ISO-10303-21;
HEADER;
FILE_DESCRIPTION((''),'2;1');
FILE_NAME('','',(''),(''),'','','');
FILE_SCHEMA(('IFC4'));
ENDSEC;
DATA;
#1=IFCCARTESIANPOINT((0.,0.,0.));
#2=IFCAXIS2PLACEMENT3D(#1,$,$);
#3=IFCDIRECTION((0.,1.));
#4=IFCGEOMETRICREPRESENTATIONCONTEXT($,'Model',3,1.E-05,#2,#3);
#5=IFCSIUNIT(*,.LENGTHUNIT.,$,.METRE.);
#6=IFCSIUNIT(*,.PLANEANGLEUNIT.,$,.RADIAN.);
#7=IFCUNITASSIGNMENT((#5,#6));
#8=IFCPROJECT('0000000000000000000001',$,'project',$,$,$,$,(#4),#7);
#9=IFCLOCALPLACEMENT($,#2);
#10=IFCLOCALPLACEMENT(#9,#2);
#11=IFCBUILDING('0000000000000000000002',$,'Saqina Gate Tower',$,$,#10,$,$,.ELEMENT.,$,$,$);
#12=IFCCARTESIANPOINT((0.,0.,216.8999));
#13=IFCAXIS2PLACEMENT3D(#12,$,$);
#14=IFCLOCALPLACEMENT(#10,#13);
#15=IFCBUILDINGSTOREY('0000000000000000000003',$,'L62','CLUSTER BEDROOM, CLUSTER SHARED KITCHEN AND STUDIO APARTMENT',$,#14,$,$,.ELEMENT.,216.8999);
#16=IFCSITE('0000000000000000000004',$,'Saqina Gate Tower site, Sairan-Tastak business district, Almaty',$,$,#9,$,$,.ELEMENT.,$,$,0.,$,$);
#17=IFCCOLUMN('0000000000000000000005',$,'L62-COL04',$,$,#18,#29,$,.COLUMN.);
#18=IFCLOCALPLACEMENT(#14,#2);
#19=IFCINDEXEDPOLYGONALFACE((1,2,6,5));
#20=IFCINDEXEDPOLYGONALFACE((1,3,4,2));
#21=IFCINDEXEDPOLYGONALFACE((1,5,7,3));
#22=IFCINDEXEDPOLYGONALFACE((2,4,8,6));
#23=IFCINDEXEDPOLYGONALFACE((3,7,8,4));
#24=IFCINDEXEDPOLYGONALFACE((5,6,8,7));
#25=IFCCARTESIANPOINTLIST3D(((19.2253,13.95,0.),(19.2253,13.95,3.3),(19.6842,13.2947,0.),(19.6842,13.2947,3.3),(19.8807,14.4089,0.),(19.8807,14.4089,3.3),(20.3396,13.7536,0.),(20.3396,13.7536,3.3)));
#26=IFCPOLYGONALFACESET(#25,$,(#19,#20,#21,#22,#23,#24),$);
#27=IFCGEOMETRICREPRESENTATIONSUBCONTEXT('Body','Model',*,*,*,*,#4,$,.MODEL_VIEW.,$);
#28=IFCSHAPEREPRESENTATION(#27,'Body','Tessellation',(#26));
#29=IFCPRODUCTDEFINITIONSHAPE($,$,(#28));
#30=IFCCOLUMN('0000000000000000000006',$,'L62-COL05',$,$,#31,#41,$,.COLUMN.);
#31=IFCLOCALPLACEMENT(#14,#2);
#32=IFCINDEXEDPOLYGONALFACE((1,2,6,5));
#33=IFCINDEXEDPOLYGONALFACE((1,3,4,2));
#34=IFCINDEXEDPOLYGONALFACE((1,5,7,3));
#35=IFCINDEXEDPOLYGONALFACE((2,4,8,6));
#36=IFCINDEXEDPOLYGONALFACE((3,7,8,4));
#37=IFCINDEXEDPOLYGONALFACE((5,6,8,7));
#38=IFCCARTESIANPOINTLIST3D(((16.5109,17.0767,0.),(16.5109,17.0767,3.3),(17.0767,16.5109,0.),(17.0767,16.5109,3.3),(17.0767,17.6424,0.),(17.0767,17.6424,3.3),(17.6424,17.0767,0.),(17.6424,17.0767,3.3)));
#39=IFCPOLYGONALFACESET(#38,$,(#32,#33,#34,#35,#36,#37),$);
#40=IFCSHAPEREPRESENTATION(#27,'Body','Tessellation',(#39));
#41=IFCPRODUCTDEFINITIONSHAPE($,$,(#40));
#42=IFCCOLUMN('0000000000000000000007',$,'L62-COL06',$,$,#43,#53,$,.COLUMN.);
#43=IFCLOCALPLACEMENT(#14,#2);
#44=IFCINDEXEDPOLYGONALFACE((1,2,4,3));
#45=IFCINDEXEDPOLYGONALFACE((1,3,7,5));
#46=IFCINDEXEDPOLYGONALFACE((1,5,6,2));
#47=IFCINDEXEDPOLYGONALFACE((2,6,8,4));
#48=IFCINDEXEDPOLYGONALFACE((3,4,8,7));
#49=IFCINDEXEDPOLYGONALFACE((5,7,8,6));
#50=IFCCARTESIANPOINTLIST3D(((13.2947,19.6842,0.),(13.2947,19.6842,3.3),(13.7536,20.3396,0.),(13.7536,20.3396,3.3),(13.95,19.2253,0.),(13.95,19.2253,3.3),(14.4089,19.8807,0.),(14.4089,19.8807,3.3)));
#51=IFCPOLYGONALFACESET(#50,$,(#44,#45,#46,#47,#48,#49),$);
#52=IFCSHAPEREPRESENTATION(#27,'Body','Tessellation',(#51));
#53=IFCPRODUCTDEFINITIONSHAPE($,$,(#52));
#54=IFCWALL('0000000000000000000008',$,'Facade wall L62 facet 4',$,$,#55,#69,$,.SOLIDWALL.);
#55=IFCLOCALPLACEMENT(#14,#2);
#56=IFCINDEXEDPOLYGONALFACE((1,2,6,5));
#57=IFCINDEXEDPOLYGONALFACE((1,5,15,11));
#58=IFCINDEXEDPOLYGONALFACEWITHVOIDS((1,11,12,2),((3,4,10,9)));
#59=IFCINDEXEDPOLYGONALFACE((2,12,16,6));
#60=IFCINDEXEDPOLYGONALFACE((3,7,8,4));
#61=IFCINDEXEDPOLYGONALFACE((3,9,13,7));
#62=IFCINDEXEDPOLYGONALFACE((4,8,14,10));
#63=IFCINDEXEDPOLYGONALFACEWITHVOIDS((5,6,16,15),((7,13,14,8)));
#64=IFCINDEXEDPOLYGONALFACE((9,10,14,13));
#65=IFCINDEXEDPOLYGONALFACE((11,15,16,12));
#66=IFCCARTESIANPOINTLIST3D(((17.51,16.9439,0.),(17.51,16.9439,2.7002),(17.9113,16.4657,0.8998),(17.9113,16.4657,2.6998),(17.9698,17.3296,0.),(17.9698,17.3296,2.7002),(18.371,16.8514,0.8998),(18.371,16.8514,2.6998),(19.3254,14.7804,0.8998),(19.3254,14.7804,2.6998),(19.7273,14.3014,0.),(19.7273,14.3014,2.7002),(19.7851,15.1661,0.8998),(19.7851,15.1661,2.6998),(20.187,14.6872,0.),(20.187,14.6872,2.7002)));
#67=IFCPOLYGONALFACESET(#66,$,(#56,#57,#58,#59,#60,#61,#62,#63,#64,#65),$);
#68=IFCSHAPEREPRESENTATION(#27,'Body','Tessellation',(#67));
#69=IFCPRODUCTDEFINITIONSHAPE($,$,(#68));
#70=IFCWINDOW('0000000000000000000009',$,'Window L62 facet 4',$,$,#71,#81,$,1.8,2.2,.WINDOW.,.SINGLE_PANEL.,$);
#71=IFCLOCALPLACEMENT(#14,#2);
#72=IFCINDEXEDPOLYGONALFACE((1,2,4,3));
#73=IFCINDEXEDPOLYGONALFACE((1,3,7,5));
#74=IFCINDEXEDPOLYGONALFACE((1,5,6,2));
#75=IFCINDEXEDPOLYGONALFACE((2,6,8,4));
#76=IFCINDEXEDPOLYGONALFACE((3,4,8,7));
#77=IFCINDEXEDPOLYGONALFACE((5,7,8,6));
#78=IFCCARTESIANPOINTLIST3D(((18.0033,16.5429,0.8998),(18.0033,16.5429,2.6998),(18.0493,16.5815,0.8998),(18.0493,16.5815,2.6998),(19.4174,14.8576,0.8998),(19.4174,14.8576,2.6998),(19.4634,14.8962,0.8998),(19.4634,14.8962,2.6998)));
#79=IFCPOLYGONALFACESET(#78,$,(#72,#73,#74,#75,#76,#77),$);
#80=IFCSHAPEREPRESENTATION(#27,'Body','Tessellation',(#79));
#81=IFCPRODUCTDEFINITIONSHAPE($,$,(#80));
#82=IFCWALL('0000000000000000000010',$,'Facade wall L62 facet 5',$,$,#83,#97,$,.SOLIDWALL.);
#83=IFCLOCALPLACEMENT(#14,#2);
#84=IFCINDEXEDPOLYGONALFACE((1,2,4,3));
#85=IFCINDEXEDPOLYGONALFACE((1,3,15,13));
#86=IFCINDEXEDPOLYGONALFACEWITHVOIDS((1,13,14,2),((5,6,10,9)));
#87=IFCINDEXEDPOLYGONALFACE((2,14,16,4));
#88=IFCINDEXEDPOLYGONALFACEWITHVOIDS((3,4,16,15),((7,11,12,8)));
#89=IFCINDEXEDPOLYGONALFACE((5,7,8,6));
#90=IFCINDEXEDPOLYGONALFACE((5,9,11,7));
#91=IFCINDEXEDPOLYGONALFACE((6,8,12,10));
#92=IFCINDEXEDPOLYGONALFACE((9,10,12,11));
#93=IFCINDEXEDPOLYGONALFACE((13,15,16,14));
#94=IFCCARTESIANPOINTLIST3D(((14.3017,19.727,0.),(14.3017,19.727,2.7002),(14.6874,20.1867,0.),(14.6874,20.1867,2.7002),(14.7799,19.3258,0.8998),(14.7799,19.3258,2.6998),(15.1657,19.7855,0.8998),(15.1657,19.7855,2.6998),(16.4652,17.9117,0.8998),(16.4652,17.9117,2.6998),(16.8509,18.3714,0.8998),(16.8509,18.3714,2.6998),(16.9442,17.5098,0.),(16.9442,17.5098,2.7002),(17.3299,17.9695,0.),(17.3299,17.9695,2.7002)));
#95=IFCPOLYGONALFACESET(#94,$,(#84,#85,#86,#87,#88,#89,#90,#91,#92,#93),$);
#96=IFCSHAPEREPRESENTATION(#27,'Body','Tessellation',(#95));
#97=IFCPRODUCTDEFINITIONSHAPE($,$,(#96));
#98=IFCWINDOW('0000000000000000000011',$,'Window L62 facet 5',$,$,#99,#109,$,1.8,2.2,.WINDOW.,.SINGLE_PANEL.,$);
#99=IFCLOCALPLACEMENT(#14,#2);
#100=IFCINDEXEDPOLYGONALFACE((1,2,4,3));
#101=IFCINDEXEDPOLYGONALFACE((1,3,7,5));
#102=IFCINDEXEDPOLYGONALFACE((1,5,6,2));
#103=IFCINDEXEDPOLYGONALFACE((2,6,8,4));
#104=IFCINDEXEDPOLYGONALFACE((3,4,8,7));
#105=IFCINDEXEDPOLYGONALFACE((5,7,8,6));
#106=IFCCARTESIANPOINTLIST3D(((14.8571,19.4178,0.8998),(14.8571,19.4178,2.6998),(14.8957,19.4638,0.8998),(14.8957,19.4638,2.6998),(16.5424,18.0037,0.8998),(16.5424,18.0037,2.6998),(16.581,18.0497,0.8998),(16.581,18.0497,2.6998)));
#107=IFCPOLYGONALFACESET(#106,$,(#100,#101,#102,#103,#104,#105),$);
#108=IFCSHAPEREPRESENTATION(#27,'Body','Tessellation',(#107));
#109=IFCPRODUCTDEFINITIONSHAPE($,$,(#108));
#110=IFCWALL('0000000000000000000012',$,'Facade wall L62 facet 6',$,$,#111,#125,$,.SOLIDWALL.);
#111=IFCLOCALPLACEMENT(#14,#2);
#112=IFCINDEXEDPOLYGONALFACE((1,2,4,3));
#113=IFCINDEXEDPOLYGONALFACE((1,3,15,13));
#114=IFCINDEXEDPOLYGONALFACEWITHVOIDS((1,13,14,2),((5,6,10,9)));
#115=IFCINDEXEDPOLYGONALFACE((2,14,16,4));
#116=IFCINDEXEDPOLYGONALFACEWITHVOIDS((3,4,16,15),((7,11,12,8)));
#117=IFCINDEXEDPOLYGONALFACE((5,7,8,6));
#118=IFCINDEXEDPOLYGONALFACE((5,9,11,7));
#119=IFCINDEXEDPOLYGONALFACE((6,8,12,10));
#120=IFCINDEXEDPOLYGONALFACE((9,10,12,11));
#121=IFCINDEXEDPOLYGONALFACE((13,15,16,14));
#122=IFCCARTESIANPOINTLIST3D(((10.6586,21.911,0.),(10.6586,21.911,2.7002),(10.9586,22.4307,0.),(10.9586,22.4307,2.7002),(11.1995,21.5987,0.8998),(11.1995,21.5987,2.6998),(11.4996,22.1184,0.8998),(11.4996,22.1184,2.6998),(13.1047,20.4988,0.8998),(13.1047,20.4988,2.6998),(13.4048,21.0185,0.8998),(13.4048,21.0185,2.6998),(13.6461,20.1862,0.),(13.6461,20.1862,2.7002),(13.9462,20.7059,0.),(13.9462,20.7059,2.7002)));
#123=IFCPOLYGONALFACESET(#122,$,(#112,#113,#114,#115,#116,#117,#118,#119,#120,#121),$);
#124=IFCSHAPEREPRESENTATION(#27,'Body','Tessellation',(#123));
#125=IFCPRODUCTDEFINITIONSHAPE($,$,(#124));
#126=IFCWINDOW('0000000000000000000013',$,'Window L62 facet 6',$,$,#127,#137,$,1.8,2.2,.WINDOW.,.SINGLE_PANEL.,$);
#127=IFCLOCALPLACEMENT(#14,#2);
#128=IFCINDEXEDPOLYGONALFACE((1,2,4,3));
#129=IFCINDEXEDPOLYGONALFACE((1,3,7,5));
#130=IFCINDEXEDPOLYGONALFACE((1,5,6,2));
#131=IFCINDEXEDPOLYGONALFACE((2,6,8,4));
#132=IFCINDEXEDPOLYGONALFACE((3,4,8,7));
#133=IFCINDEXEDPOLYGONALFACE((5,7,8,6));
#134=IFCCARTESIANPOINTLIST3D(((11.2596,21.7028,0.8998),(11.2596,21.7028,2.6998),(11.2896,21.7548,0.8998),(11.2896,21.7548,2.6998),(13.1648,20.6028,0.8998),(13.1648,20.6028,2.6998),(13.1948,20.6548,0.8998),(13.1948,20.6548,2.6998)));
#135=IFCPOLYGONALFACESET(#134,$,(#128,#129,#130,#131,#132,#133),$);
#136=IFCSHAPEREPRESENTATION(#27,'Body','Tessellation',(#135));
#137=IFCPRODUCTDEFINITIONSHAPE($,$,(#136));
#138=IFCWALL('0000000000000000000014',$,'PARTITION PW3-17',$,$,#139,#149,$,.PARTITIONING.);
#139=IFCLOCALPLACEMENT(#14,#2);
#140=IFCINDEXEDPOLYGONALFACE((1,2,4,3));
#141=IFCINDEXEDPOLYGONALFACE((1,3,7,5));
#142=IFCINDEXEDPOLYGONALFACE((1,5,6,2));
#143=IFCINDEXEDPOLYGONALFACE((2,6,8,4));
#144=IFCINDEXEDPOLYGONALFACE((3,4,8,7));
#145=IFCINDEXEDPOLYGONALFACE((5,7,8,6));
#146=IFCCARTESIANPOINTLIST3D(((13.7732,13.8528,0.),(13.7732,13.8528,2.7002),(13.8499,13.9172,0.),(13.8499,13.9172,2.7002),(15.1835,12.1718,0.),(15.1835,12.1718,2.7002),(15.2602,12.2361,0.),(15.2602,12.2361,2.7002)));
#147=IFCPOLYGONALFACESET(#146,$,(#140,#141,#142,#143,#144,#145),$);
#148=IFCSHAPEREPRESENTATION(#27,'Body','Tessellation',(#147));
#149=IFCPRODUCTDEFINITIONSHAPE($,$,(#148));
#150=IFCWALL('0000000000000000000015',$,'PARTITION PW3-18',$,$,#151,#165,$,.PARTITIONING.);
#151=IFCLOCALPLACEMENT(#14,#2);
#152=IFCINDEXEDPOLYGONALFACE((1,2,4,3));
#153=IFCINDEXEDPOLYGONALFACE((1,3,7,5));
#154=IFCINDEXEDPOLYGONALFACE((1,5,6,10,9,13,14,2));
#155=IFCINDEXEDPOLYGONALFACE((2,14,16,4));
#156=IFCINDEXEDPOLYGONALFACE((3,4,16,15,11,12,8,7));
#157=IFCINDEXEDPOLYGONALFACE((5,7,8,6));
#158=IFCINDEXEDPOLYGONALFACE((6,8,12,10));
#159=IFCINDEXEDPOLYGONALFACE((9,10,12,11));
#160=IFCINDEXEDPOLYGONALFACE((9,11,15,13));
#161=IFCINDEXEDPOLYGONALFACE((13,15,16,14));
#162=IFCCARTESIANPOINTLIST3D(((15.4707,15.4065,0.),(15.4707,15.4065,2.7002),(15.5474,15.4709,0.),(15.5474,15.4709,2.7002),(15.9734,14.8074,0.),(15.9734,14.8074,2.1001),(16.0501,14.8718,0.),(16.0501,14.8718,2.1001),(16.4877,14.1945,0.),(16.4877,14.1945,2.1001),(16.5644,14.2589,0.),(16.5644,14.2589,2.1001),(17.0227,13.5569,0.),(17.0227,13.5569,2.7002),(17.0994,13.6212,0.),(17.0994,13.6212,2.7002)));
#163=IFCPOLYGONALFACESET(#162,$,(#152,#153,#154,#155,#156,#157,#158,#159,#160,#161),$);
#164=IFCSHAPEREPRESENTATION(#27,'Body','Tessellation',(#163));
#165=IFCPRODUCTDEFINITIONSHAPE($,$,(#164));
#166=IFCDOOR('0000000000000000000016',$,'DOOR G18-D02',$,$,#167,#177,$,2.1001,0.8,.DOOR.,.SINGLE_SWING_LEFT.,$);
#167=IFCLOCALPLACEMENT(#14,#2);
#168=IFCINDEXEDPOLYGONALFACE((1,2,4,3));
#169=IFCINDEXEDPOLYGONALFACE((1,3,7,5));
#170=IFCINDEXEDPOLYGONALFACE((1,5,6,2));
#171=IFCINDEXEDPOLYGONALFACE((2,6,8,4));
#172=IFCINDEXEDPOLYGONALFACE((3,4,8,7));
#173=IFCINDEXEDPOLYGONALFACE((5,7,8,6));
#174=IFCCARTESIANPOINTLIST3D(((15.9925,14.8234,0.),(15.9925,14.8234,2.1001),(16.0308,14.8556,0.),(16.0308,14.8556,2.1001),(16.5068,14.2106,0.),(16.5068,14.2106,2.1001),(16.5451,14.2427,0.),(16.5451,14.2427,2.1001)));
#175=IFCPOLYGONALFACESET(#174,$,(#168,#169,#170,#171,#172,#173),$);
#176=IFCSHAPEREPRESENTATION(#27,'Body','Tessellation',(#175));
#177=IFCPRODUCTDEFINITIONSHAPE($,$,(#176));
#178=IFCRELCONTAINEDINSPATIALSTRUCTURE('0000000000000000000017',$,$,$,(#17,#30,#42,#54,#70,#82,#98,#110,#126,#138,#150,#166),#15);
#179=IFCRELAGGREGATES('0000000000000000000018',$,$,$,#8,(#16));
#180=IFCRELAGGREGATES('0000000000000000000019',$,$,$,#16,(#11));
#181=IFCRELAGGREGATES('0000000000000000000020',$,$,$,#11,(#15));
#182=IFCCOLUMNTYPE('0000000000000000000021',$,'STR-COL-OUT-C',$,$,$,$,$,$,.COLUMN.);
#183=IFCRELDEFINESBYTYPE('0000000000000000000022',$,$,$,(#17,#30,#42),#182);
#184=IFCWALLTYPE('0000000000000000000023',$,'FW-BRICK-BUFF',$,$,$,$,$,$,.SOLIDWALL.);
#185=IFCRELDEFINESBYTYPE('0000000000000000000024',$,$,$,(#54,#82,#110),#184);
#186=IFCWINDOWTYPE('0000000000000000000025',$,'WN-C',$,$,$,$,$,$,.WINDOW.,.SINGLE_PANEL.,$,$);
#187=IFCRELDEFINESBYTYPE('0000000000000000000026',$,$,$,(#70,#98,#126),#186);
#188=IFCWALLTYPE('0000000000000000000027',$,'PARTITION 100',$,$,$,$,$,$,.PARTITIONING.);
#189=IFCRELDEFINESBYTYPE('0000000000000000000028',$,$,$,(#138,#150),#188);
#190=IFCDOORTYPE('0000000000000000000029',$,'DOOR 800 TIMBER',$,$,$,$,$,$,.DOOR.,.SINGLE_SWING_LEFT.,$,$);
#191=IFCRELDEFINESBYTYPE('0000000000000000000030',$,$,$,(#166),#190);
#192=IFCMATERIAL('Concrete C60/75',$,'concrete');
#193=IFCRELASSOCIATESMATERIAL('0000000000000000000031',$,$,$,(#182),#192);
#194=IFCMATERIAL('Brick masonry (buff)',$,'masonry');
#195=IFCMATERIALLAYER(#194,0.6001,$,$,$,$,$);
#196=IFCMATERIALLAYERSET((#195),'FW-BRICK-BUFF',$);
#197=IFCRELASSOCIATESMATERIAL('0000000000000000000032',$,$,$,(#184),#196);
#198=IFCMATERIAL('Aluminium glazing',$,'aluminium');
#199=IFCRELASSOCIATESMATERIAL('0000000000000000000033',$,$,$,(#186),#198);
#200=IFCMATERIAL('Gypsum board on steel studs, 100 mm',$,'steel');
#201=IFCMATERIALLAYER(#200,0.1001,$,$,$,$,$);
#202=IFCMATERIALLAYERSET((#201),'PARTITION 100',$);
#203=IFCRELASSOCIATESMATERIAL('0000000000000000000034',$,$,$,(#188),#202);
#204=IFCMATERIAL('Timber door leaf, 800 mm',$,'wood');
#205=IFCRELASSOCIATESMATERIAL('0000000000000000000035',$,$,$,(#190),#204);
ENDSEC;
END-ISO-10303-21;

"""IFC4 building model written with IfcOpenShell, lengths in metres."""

from ifc_helpers import new_model, si_unit, direction, frame, frame_2d, origin, origin_2d, place, context, subcontext, project, spatial, rectangle, extrude, material, layer, layer_set, material_profile, profile_set, type_object, element, fill, save


model = new_model("IFC4")

# Units and contexts
model_context = context("Model", 3, precision=1e-05, world=origin(), true_north=direction((0.0, 1.0)))
body_context = subcontext(model_context, "Body", "Model", "MODEL_VIEW")
ifc_project = project(units=[si_unit("LENGTHUNIT", "METRE"), si_unit("PLANEANGLEUNIT", "RADIAN")], contexts=[model_context])

# Site, building, storey
site_placement = place(None, origin())
site = spatial("IfcSite", under=ifc_project, at=site_placement, Name="Saqina Gate Tower site, Sairan-Tastak business district, Almaty", CompositionType="ELEMENT", RefElevation=0.0)
building_placement = place(site_placement, origin())
building = spatial("IfcBuilding", under=site, at=building_placement, Name="Saqina Gate Tower", CompositionType="ELEMENT")
storey_placement = place(building_placement, frame((0.0, 0.0, 216.8999)))
storey = spatial("IfcBuildingStorey", under=building, at=storey_placement, Name="L62", Description="CLUSTER BEDROOM, CLUSTER SHARED KITCHEN AND STUDIO APARTMENT", CompositionType="ELEMENT", Elevation=216.8999)

# Columns
ifc_material_1 = material(Name="Concrete C60/75", Category="concrete")
ifc_material_profile = material_profile(ifc_material_1, rectangle(XDim=0.8, YDim=0.8, at=origin_2d()), Name="RC 800x800")
ifc_profile_set = profile_set([ifc_material_profile], Name="Concrete C60/75")
column_type = type_object("IfcColumnType", Name="STR-COL-OUT-C", PredefinedType="COLUMN", material=ifc_profile_set)
for number, where, z_axis, x_axis, name in (
    (1, (19.7825, 13.8518, 0.0), (0.0, 0.0, 1.0), (0.819152, 0.573576, 0.0), "L62-COL04"),
    (2, (17.0767, 17.0767, 0.0), (0.0, 0.0, 1.0), (0.707107, 0.707107, 0.0), "L62-COL05"),
    (3, (13.8518, 19.7825, 0.0), (0.0, 0.0, 1.0), (0.573576, 0.819152, 0.0), "L62-COL06"),
):
    element("IfcColumn", number, at=place(storey_placement, frame(where, z_axis=z_axis, x_axis=x_axis)), inside=storey, type_object=column_type, Name=name, PredefinedType="COLUMN", context=body_context, shape_type="SweptSolid", body=[
        extrude(rectangle(XDim=0.8, YDim=0.8, at=origin_2d()), origin(), (0.0, 0.0, 1.0), 3.3),
    ])

# Walls, openings, windows
ifc_material_2 = material(Name="Brick masonry (buff)", Category="masonry")
ifc_layer_1 = layer(ifc_material_2, 0.6001)
ifc_layer_set_1 = layer_set([ifc_layer_1], Name="FW-BRICK-BUFF")
wall_type_1 = type_object("IfcWallType", Name="FW-BRICK-BUFF", PredefinedType="SOLIDWALL", material=ifc_layer_set_1)
wall_1_placement = place(storey_placement, frame((19.957, 14.4944, 0.0), z_axis=(0.0, 0.0, 1.0), x_axis=(-0.64277, 0.766059, 0.0)))
wall_1 = element("IfcWall", 4, at=wall_1_placement, inside=storey, type_object=wall_type_1, Name="Facade wall L62 facet 4", PredefinedType="SOLIDWALL", context=body_context, shape_type="SweptSolid", body=[
    extrude(rectangle(XDim=3.4495, YDim=0.6001, at=frame_2d((1.7246, 0.0))), origin(), (0.0, 0.0, 1.0), 2.7002),
])
opening_1_placement = place(wall_1_placement, frame((0.625, 0.0, 0.8999)))
opening_1 = element("IfcOpeningElement", 5, at=opening_1_placement, cuts=wall_1, PredefinedType="OPENING", context=body_context, shape_type="SweptSolid", body=[
    extrude(rectangle(XDim=2.2, YDim=1.8, at=frame_2d((1.1001, 0.8999))), frame((0.0, 0.312, 0.0), z_axis=(0.0, -1.0, 0.0), x_axis=(1.0, 0.0, 0.0)), (0.0, 0.0, 1.0), 0.624),
])
ifc_material_3 = material(Name="Aluminium glazing", Category="aluminium")
window_type = type_object("IfcWindowType", Name="WN-C", PartitioningType="SINGLE_PANEL", PredefinedType="WINDOW", material=ifc_material_3)
window_1_placement = place(opening_1_placement, origin())
window_1 = element("IfcWindow", 6, at=window_1_placement, inside=storey, type_object=window_type, Name="Window L62 facet 4", OverallHeight=1.8, OverallWidth=2.2, PartitioningType="SINGLE_PANEL", PredefinedType="WINDOW", context=body_context, shape_type="SweptSolid", body=[
    extrude(rectangle(XDim=2.2, YDim=1.8, at=frame_2d((1.1001, 0.8999))), frame((0.0, 0.1799, 0.0), z_axis=(0.0, -1.0, 0.0), x_axis=(1.0, 0.0, 0.0)), (0.0, 0.0, 1.0), 0.0601),
])
fill(opening_1, window_1)
wall_2_placement = place(storey_placement, frame((17.137, 17.7397, 0.0), z_axis=(0.0, 0.0, 1.0), x_axis=(-0.766059, 0.64277, 0.0)))
wall_2 = element("IfcWall", 7, at=wall_2_placement, inside=storey, type_object=wall_type_1, Name="Facade wall L62 facet 5", PredefinedType="SOLIDWALL", context=body_context, shape_type="SweptSolid", body=[
    extrude(rectangle(XDim=3.4495, YDim=0.6001, at=frame_2d((1.7246, 0.0))), origin(), (0.0, 0.0, 1.0), 2.7002),
])
opening_2_placement = place(wall_2_placement, frame((0.625, 0.0, 0.8999)))
opening_2 = element("IfcOpeningElement", 8, at=opening_2_placement, cuts=wall_2, PredefinedType="OPENING", context=body_context, shape_type="SweptSolid", body=[
    extrude(rectangle(XDim=2.2, YDim=1.8, at=frame_2d((1.1001, 0.8999))), frame((0.0, 0.312, 0.0), z_axis=(0.0, -1.0, 0.0), x_axis=(1.0, 0.0, 0.0)), (0.0, 0.0, 1.0), 0.624),
])
window_2_placement = place(opening_2_placement, origin())
window_2 = element("IfcWindow", 9, at=window_2_placement, inside=storey, type_object=window_type, Name="Window L62 facet 5", OverallHeight=1.8, OverallWidth=2.2, PartitioningType="SINGLE_PANEL", PredefinedType="WINDOW", context=body_context, shape_type="SweptSolid", body=[
    extrude(rectangle(XDim=2.2, YDim=1.8, at=frame_2d((1.1001, 0.8999))), frame((0.0, 0.1799, 0.0), z_axis=(0.0, -1.0, 0.0), x_axis=(1.0, 0.0, 0.0)), (0.0, 0.0, 1.0), 0.0601),
])
fill(opening_2, window_2)
wall_3_placement = place(storey_placement, frame((13.7961, 20.446, 0.0), z_axis=(0.0, 0.0, 1.0), x_axis=(-0.866026, 0.499998, 0.0)))
wall_3 = element("IfcWall", 10, at=wall_3_placement, inside=storey, type_object=wall_type_1, Name="Facade wall L62 facet 6", PredefinedType="SOLIDWALL", context=body_context, shape_type="SweptSolid", body=[
    extrude(rectangle(XDim=3.4497, YDim=0.6001, at=frame_2d((1.7249, 0.0))), origin(), (0.0, 0.0, 1.0), 2.7002),
])
opening_3_placement = place(wall_3_placement, frame((0.625, 0.0, 0.8999)))
opening_3 = element("IfcOpeningElement", 11, at=opening_3_placement, cuts=wall_3, PredefinedType="OPENING", context=body_context, shape_type="SweptSolid", body=[
    extrude(rectangle(XDim=2.2, YDim=1.8, at=frame_2d((1.1001, 0.8999))), frame((0.0, 0.312, 0.0), z_axis=(0.0, -1.0, 0.0), x_axis=(1.0, 0.0, 0.0)), (0.0, 0.0, 1.0), 0.624),
])
window_3_placement = place(opening_3_placement, origin())
window_3 = element("IfcWindow", 12, at=window_3_placement, inside=storey, type_object=window_type, Name="Window L62 facet 6", OverallHeight=1.8, OverallWidth=2.2, PartitioningType="SINGLE_PANEL", PredefinedType="WINDOW", context=body_context, shape_type="SweptSolid", body=[
    extrude(rectangle(XDim=2.2, YDim=1.8, at=frame_2d((1.1001, 0.8999))), frame((0.0, 0.1799, 0.0), z_axis=(0.0, -1.0, 0.0), x_axis=(1.0, 0.0, 0.0)), (0.0, 0.0, 1.0), 0.0601),
])
fill(opening_3, window_3)

# Wall
ifc_material_4 = material(Name="Gypsum board on steel studs, 100 mm", Category="steel")
ifc_layer_2 = layer(ifc_material_4, 0.1001)
ifc_layer_set_2 = layer_set([ifc_layer_2], Name="PARTITION 100")
wall_type_2 = type_object("IfcWallType", Name="PARTITION 100", PredefinedType="PARTITIONING", material=ifc_layer_set_2)
wall_4_placement = place(storey_placement, frame((13.8115, 13.885, 0.0), z_axis=(0.0, 0.0, 1.0), x_axis=(0.64272, -0.766101, 0.0)))
element("IfcWall", 13, at=wall_4_placement, inside=storey, type_object=wall_type_2, Name="PARTITION PW3-17", PredefinedType="PARTITIONING", context=body_context, shape_type="SweptSolid", body=[
    extrude(rectangle(XDim=2.1943, YDim=0.1001, at=frame_2d((1.0972, 0.0))), origin(), (0.0, 0.0, 1.0), 2.7002),
])

# Wall, opening, door
wall_5_placement = place(storey_placement, frame((15.509, 15.4387, 0.0), z_axis=(0.0, 0.0, 1.0), x_axis=(0.642786, -0.766045, 0.0)))
wall_5 = element("IfcWall", 14, at=wall_5_placement, inside=storey, type_object=wall_type_2, Name="PARTITION PW3-18", PredefinedType="PARTITIONING", context=body_context, shape_type="SweptSolid", body=[
    extrude(rectangle(XDim=2.4146, YDim=0.1001, at=frame_2d((1.2073, 0.0))), origin(), (0.0, 0.0, 1.0), 2.7002),
])
opening_4_placement = place(wall_5_placement, frame((0.7822, 0.0, 0.0)))
opening_4 = element("IfcOpeningElement", 15, at=opening_4_placement, cuts=wall_5, PredefinedType="OPENING", context=body_context, shape_type="SweptSolid", body=[
    extrude(rectangle(XDim=0.8, YDim=2.1001, at=frame_2d((0.3999, 1.05))), frame((0.0, 0.062, 0.0), z_axis=(0.0, -1.0, 0.0), x_axis=(1.0, 0.0, 0.0)), (0.0, 0.0, 1.0), 0.124),
])
ifc_material_5 = material(Name="Timber door leaf, 800 mm", Category="wood")
door_type_1 = type_object("IfcDoorType", Name="DOOR 800 TIMBER", OperationType="SINGLE_SWING_LEFT", PredefinedType="DOOR", material=ifc_material_5)
door_1_placement = place(opening_4_placement, origin())
door_1 = element("IfcDoor", 16, at=door_1_placement, inside=storey, type_object=door_type_1, Name="DOOR G18-D02", OperationType="SINGLE_SWING_LEFT", OverallHeight=2.1001, OverallWidth=0.8, PredefinedType="DOOR", context=body_context, shape_type="SweptSolid", body=[
    extrude(rectangle(XDim=0.8, YDim=2.1001, at=frame_2d((0.3999, 1.05))), frame((0.0, 0.0249, 0.0), z_axis=(0.0, -1.0, 0.0), x_axis=(1.0, 0.0, 0.0)), (0.0, 0.0, 1.0), 0.05),
])
fill(opening_4, door_1)

save(model, "model.ifc")
